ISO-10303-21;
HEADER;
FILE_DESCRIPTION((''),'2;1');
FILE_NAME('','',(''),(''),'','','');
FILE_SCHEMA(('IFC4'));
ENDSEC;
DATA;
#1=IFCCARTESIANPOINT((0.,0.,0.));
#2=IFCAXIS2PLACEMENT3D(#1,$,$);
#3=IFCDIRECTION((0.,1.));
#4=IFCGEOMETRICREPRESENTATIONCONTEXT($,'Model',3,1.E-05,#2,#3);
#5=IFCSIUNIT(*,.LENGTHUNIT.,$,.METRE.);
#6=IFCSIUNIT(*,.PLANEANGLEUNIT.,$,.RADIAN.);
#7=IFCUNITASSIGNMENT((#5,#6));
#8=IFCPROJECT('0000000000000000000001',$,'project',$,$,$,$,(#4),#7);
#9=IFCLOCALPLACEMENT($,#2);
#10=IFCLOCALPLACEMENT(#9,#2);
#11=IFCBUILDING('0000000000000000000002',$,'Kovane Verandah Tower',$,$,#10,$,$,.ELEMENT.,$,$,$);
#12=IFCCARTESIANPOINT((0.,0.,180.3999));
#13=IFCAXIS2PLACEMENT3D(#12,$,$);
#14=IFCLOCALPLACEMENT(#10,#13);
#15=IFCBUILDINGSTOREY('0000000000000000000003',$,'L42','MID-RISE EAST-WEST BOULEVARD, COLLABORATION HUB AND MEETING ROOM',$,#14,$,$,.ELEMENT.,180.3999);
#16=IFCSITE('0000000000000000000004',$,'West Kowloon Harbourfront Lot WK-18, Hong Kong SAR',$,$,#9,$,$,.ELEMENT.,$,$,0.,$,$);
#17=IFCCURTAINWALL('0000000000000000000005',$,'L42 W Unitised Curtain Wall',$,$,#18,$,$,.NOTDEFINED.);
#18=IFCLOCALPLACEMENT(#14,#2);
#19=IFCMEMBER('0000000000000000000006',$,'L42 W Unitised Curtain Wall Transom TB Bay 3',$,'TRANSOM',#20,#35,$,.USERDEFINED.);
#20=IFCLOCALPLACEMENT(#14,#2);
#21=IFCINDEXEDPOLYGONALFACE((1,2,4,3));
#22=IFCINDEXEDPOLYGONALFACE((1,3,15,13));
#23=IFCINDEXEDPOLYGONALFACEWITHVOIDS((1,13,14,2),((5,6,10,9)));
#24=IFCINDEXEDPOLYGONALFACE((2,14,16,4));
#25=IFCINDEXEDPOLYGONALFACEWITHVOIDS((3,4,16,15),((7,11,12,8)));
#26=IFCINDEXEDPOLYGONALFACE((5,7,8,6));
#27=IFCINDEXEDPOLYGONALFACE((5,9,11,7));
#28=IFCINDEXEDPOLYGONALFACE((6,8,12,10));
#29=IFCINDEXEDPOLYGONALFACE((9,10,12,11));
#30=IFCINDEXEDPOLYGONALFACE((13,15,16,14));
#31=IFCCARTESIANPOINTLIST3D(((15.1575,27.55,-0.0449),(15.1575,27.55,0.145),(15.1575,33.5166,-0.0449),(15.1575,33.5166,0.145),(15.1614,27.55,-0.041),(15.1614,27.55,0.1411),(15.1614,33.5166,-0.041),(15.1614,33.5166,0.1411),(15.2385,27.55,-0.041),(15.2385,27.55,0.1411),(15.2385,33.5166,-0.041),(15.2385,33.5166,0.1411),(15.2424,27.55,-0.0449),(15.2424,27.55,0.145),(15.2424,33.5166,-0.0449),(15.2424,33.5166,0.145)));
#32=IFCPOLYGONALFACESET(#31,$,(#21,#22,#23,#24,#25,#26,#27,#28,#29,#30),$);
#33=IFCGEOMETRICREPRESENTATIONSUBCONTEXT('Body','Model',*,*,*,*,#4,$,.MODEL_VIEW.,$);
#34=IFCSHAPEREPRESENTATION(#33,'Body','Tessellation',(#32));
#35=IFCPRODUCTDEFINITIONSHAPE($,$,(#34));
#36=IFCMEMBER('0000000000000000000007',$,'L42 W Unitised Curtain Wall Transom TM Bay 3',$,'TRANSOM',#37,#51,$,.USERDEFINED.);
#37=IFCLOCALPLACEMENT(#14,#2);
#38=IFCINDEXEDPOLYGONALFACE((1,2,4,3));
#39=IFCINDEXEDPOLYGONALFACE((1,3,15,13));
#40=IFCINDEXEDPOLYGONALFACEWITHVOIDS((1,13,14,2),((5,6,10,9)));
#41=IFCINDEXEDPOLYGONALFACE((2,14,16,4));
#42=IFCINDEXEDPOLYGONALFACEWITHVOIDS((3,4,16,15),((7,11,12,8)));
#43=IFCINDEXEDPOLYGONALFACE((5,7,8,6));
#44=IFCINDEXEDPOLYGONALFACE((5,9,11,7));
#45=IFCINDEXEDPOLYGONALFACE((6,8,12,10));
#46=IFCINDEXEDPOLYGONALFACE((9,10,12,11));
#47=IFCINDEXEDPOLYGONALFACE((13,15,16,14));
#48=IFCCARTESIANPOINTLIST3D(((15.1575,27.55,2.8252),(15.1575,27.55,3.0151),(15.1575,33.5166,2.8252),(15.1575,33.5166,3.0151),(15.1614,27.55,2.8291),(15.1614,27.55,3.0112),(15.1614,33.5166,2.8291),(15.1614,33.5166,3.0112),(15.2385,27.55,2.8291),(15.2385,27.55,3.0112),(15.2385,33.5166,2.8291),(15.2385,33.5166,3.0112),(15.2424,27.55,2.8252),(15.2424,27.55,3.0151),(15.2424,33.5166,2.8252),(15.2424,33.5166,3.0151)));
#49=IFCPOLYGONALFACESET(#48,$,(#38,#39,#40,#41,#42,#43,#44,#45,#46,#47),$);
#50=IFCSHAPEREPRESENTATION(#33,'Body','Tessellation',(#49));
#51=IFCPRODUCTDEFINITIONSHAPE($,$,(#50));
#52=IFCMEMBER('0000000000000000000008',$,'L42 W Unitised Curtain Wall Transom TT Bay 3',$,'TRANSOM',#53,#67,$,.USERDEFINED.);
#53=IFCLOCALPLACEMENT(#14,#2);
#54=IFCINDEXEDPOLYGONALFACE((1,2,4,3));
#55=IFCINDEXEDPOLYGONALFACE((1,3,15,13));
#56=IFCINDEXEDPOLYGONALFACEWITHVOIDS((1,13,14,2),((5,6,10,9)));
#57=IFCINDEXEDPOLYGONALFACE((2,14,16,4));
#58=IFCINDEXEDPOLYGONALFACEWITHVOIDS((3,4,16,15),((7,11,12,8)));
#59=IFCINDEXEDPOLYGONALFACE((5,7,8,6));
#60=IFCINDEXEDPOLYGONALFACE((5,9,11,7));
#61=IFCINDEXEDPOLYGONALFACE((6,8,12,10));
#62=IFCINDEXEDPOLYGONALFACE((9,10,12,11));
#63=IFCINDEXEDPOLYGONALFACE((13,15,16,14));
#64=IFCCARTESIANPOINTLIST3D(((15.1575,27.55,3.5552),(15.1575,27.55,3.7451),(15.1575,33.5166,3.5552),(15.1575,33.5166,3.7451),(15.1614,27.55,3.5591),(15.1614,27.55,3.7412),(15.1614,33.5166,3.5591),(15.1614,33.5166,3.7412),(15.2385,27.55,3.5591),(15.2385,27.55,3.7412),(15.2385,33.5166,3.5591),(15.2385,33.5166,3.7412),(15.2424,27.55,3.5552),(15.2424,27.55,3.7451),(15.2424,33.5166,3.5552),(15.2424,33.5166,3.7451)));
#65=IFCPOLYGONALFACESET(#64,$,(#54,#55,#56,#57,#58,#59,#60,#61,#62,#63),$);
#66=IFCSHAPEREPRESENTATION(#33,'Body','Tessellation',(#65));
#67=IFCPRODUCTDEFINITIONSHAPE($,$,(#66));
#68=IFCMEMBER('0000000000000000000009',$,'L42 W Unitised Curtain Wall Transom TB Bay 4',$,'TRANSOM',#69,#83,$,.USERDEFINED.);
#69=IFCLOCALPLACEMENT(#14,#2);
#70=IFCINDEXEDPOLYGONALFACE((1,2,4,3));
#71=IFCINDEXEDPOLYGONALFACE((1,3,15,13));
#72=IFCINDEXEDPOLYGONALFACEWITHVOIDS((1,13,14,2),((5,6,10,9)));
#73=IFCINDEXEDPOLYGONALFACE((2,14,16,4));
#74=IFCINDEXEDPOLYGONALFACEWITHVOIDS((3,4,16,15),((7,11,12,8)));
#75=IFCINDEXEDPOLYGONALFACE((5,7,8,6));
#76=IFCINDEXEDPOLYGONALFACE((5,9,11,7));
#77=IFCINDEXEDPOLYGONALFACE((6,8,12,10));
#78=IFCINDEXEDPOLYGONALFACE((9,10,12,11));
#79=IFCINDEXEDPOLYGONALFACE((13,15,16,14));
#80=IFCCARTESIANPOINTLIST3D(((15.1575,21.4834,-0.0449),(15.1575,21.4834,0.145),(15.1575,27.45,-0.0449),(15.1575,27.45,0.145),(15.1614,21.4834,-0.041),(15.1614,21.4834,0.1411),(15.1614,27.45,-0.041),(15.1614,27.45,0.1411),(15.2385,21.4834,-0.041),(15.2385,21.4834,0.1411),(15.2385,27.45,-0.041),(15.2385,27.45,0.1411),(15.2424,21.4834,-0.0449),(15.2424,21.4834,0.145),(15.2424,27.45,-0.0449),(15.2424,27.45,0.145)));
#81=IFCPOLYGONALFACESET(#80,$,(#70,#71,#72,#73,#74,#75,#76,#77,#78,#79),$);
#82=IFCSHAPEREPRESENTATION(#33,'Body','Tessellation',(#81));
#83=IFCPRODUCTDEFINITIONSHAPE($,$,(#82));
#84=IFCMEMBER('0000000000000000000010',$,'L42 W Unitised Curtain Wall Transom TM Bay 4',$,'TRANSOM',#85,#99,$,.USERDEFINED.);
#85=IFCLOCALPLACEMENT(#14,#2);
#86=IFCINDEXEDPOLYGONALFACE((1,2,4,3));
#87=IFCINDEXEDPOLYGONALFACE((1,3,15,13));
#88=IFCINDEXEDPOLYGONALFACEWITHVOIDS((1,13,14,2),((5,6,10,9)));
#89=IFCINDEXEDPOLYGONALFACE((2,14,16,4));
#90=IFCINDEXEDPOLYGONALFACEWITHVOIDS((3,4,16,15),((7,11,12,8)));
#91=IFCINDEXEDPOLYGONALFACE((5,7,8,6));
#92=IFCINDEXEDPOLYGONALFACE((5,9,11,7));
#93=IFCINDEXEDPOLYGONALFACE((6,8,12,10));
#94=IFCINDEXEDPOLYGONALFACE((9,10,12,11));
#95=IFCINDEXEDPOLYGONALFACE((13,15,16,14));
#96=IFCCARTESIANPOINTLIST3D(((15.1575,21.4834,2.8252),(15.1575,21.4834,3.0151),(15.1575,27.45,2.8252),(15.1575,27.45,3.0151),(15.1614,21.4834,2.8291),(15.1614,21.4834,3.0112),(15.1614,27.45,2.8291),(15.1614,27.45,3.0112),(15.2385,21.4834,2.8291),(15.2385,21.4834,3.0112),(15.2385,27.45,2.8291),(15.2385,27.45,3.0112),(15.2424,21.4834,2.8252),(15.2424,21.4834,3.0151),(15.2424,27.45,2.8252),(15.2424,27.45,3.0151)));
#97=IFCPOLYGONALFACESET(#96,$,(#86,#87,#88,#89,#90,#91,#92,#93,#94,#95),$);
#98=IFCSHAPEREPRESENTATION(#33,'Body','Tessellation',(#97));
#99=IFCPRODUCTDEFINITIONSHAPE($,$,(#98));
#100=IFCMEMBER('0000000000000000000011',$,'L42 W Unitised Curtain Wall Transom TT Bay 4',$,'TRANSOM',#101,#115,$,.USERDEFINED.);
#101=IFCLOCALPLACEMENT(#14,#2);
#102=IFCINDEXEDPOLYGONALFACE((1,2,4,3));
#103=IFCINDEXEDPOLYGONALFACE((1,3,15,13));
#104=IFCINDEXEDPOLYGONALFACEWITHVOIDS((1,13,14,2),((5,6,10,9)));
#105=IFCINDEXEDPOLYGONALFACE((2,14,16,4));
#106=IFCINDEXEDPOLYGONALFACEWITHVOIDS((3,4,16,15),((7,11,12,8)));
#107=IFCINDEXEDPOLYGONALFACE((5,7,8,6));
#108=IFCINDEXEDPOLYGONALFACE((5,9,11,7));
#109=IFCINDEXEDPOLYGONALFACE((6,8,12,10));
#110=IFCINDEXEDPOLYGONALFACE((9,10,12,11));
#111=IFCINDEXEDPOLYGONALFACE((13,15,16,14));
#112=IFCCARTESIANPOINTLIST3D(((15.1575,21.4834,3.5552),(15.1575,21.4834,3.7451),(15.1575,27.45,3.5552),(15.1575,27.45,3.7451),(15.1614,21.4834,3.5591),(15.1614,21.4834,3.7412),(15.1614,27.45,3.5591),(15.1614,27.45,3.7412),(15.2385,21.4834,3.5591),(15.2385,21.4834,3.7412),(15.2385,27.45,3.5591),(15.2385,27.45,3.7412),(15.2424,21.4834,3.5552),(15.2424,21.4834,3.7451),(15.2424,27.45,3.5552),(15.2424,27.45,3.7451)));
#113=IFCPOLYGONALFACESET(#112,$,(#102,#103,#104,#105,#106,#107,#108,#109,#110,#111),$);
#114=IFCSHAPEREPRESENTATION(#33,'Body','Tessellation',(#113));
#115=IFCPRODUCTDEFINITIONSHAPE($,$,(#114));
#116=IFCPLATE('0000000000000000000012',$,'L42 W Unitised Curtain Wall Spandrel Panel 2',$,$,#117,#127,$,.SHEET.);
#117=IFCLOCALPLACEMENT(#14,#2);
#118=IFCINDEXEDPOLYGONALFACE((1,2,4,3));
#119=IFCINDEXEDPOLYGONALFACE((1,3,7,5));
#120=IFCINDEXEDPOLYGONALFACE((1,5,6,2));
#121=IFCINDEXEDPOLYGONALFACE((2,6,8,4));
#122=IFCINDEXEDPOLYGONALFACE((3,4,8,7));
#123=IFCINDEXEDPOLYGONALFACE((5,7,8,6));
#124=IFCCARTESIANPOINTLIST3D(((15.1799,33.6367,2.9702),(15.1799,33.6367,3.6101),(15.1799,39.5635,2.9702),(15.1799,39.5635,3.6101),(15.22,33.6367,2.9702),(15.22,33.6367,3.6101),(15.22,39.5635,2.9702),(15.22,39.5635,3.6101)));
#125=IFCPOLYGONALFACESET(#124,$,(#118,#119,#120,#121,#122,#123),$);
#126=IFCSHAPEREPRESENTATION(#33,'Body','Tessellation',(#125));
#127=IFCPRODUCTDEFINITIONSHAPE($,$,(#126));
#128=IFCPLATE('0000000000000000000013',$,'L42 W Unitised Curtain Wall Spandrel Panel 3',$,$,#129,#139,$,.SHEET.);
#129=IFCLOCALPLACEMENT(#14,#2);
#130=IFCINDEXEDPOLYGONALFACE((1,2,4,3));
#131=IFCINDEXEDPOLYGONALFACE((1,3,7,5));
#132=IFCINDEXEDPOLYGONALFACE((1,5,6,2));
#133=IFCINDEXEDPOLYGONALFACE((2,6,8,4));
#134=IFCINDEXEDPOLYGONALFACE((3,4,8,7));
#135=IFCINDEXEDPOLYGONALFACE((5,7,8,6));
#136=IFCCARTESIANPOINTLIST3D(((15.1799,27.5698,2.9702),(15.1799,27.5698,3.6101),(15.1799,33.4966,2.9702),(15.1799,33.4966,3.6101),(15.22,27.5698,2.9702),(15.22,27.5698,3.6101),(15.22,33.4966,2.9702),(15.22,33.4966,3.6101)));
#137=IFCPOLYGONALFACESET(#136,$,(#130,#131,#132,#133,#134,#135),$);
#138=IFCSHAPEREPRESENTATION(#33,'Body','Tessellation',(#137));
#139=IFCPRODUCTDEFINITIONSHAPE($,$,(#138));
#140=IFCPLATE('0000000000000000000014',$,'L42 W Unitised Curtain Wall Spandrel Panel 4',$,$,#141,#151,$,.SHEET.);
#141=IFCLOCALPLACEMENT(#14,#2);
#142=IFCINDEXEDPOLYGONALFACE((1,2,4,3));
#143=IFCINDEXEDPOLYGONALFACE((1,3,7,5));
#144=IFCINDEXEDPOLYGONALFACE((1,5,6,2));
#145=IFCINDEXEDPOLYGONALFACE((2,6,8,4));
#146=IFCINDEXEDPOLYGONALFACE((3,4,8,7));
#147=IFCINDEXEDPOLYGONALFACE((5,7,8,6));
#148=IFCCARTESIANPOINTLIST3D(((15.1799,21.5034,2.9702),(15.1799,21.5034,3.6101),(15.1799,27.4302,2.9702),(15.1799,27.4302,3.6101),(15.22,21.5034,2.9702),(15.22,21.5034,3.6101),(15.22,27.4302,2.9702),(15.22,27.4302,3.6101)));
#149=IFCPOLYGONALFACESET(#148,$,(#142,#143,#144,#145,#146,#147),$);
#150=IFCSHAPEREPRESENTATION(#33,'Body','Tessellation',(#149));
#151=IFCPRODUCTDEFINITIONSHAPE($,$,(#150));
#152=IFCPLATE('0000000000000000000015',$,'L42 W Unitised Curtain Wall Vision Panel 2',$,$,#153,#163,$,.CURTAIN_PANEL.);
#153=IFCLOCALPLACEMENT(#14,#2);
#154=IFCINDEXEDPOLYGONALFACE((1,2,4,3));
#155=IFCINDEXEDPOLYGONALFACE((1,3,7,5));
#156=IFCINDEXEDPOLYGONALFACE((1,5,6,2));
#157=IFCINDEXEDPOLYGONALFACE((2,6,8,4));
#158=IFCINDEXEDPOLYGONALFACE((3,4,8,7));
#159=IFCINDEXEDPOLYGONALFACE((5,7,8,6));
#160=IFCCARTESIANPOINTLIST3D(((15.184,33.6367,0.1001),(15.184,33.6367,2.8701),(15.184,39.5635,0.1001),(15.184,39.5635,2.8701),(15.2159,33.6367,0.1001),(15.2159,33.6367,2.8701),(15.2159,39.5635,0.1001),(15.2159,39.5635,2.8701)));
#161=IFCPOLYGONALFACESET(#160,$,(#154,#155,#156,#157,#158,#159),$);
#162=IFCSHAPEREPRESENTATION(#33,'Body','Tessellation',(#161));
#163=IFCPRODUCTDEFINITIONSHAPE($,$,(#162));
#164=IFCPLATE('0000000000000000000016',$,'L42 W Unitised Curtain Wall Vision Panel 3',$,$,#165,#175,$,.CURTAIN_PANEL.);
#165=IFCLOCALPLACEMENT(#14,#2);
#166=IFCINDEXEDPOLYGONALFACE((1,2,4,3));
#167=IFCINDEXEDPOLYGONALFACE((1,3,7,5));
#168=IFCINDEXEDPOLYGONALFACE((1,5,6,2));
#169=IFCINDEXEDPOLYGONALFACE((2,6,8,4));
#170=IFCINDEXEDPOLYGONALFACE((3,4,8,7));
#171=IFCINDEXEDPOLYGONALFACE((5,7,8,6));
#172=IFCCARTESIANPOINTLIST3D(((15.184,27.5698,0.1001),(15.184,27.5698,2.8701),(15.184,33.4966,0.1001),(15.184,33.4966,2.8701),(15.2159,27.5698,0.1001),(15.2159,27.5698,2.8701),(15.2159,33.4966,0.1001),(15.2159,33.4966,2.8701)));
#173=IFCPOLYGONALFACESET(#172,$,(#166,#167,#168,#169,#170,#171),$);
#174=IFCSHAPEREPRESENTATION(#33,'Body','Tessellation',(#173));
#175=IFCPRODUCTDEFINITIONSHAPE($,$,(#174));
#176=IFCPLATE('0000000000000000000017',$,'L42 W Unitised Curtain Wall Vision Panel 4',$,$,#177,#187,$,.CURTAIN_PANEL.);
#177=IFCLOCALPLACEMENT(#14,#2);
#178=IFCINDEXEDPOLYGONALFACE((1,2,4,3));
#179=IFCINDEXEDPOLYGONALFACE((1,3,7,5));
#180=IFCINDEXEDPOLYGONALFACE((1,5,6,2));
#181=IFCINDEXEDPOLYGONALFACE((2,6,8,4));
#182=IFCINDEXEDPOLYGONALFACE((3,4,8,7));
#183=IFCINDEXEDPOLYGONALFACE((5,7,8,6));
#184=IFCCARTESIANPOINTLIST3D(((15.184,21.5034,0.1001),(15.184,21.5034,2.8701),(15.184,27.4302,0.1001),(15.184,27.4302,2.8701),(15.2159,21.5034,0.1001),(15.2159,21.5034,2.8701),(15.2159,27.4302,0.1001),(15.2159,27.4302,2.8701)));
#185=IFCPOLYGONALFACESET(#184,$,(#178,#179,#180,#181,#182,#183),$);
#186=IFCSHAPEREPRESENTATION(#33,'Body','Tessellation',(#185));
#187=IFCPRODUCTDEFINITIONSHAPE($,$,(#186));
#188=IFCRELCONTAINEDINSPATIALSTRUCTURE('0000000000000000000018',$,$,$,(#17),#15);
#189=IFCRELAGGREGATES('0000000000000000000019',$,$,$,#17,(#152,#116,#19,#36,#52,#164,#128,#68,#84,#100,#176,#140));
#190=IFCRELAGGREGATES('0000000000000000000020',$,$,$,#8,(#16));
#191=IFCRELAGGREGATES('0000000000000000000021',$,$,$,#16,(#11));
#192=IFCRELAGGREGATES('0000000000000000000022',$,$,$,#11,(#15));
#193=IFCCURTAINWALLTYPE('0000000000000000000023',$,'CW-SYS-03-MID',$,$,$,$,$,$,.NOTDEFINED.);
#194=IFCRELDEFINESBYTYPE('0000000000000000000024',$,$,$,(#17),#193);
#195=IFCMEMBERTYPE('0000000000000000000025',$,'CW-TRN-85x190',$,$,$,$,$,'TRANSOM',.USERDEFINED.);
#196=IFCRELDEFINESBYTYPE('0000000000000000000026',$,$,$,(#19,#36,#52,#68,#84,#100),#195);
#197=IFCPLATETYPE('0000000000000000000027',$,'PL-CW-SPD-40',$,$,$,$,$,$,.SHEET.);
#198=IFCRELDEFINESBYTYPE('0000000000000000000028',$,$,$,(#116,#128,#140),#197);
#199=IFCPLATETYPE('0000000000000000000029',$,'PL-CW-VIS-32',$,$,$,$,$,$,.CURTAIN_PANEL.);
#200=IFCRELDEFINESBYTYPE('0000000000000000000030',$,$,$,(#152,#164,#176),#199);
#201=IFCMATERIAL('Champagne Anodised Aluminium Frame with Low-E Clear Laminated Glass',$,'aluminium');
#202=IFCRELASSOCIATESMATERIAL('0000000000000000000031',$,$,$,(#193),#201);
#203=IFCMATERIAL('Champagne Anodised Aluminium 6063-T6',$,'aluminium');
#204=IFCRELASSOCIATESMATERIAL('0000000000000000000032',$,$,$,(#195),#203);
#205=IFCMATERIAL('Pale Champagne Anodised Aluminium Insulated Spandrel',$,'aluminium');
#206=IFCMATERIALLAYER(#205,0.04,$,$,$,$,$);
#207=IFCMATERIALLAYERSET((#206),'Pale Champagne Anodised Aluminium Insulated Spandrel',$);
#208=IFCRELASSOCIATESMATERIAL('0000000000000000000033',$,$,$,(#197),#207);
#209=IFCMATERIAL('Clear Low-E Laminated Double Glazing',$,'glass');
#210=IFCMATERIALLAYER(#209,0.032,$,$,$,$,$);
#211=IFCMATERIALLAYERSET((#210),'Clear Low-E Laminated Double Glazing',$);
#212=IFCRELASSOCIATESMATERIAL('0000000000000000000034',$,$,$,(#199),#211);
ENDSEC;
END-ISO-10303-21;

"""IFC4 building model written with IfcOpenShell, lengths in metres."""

from ifc_helpers import new_model, si_unit, direction, frame, origin, origin_2d, place, context, subcontext, project, spatial, rectangle, hollow_rectangle, extrude, material, layer, layer_set, material_profile, profile_set, type_object, element, aggregate, save


model = new_model("IFC4")

# Units and contexts
model_context = context("Model", 3, precision=1e-05, world=origin(), true_north=direction((0.0, 1.0)))
body_context = subcontext(model_context, "Body", "Model", "MODEL_VIEW")
ifc_project = project(units=[si_unit("LENGTHUNIT", "METRE"), si_unit("PLANEANGLEUNIT", "RADIAN")], contexts=[model_context])

# Site, building, storey
site_placement = place(None, origin())
site = spatial("IfcSite", under=ifc_project, at=site_placement, Name="West Kowloon Harbourfront Lot WK-18, Hong Kong SAR", CompositionType="ELEMENT", RefElevation=0.0)
building_placement = place(site_placement, origin())
building = spatial("IfcBuilding", under=site, at=building_placement, Name="Kovane Verandah Tower", CompositionType="ELEMENT")
storey_placement = place(building_placement, frame((0.0, 0.0, 180.3999)))
storey = spatial("IfcBuildingStorey", under=building, at=storey_placement, Name="L42", Description="MID-RISE EAST-WEST BOULEVARD, COLLABORATION HUB AND MEETING ROOM", CompositionType="ELEMENT", Elevation=180.3999)

# Curtain wall, members, plates
ifc_material_1 = material(Name="Champagne Anodised Aluminium Frame with Low-E Clear Laminated Glass", Category="aluminium")
curtain_wall_type = type_object("IfcCurtainWallType", Name="CW-SYS-03-MID", PredefinedType="NOTDEFINED", material=ifc_material_1)
curtain_wall_placement = place(storey_placement, origin())
curtain_wall = element("IfcCurtainWall", 1, at=curtain_wall_placement, inside=storey, type_object=curtain_wall_type, Name="L42 W Unitised Curtain Wall", PredefinedType="NOTDEFINED")
ifc_material_2 = material(Name="Champagne Anodised Aluminium 6063-T6", Category="aluminium")
ifc_material_profile_1 = material_profile(ifc_material_2, hollow_rectangle(XDim=0.085, YDim=0.1899, WallThickness=0.0039, at=origin_2d()), Name="AL85x190x4")
ifc_profile_set_1 = profile_set([ifc_material_profile_1], Name="Champagne Anodised Aluminium 6063-T6")
member_type_1 = type_object("IfcMemberType", Name="CW-TRN-85x190", ElementType="TRANSOM", PredefinedType="USERDEFINED", material=ifc_profile_set_1)
member_1_placement = place(storey_placement, frame((15.2, 33.5166, 0.05), z_axis=(0.0, -1.0, 0.0), x_axis=(1.0, 0.0, 0.0)))
member_1 = element("IfcMember", 2, at=member_1_placement, type_object=member_type_1, Name="L42 W Unitised Curtain Wall Transom TB Bay 3", ObjectType="TRANSOM", PredefinedType="USERDEFINED", context=body_context, shape_type="SweptSolid", body=[
    extrude(hollow_rectangle(XDim=0.085, YDim=0.1899, WallThickness=0.0039, at=origin_2d()), origin(), (0.0, 0.0, 1.0), 5.9666),
])
member_2_placement = place(storey_placement, frame((15.2, 33.5166, 2.9202), z_axis=(0.0, -1.0, 0.0), x_axis=(1.0, 0.0, 0.0)))
member_2 = element("IfcMember", 3, at=member_2_placement, type_object=member_type_1, Name="L42 W Unitised Curtain Wall Transom TM Bay 3", ObjectType="TRANSOM", PredefinedType="USERDEFINED", context=body_context, shape_type="SweptSolid", body=[
    extrude(hollow_rectangle(XDim=0.085, YDim=0.1899, WallThickness=0.0039, at=origin_2d()), origin(), (0.0, 0.0, 1.0), 5.9666),
])
member_3_placement = place(storey_placement, frame((15.2, 33.5166, 3.6501), z_axis=(0.0, -1.0, 0.0), x_axis=(1.0, 0.0, 0.0)))
member_3 = element("IfcMember", 4, at=member_3_placement, type_object=member_type_1, Name="L42 W Unitised Curtain Wall Transom TT Bay 3", ObjectType="TRANSOM", PredefinedType="USERDEFINED", context=body_context, shape_type="SweptSolid", body=[
    extrude(hollow_rectangle(XDim=0.085, YDim=0.1899, WallThickness=0.0039, at=origin_2d()), origin(), (0.0, 0.0, 1.0), 5.9666),
])
member_4_placement = place(storey_placement, frame((15.2, 27.45, 0.05), z_axis=(0.0, -1.0, 0.0), x_axis=(1.0, 0.0, 0.0)))
member_4 = element("IfcMember", 5, at=member_4_placement, type_object=member_type_1, Name="L42 W Unitised Curtain Wall Transom TB Bay 4", ObjectType="TRANSOM", PredefinedType="USERDEFINED", context=body_context, shape_type="SweptSolid", body=[
    extrude(hollow_rectangle(XDim=0.085, YDim=0.1899, WallThickness=0.0039, at=origin_2d()), origin(), (0.0, 0.0, 1.0), 5.9666),
])
member_5_placement = place(storey_placement, frame((15.2, 27.45, 2.9202), z_axis=(0.0, -1.0, 0.0), x_axis=(1.0, 0.0, 0.0)))
member_5 = element("IfcMember", 6, at=member_5_placement, type_object=member_type_1, Name="L42 W Unitised Curtain Wall Transom TM Bay 4", ObjectType="TRANSOM", PredefinedType="USERDEFINED", context=body_context, shape_type="SweptSolid", body=[
    extrude(hollow_rectangle(XDim=0.085, YDim=0.1899, WallThickness=0.0039, at=origin_2d()), origin(), (0.0, 0.0, 1.0), 5.9666),
])
member_6_placement = place(storey_placement, frame((15.2, 27.45, 3.6501), z_axis=(0.0, -1.0, 0.0), x_axis=(1.0, 0.0, 0.0)))
member_6 = element("IfcMember", 7, at=member_6_placement, type_object=member_type_1, Name="L42 W Unitised Curtain Wall Transom TT Bay 4", ObjectType="TRANSOM", PredefinedType="USERDEFINED", context=body_context, shape_type="SweptSolid", body=[
    extrude(hollow_rectangle(XDim=0.085, YDim=0.1899, WallThickness=0.0039, at=origin_2d()), origin(), (0.0, 0.0, 1.0), 5.9666),
])
ifc_material_3 = material(Name="Pale Champagne Anodised Aluminium Insulated Spandrel", Category="aluminium")
ifc_layer_1 = layer(ifc_material_3, 0.04)
ifc_layer_set_1 = layer_set([ifc_layer_1], Name="Pale Champagne Anodised Aluminium Insulated Spandrel")
plate_type_1 = type_object("IfcPlateType", Name="PL-CW-SPD-40", PredefinedType="SHEET", material=ifc_layer_set_1)
plate_1_placement = place(storey_placement, frame((15.2, 36.6001, 2.9702), z_axis=(0.0, 0.0, 1.0), x_axis=(0.0, -1.0, 0.0)))
plate_1 = element("IfcPlate", 8, at=plate_1_placement, type_object=plate_type_1, Name="L42 W Unitised Curtain Wall Spandrel Panel 2", PredefinedType="SHEET", context=body_context, shape_type="SweptSolid", body=[
    extrude(rectangle(XDim=5.9268, YDim=0.04, at=origin_2d()), origin(), (0.0, 0.0, 1.0), 0.6399),
])
plate_2_placement = place(storey_placement, frame((15.2, 30.5332, 2.9702), z_axis=(0.0, 0.0, 1.0), x_axis=(0.0, -1.0, 0.0)))
plate_2 = element("IfcPlate", 9, at=plate_2_placement, type_object=plate_type_1, Name="L42 W Unitised Curtain Wall Spandrel Panel 3", PredefinedType="SHEET", context=body_context, shape_type="SweptSolid", body=[
    extrude(rectangle(XDim=5.9268, YDim=0.04, at=origin_2d()), origin(), (0.0, 0.0, 1.0), 0.6399),
])
plate_3_placement = place(storey_placement, frame((15.2, 24.4668, 2.9702), z_axis=(0.0, 0.0, 1.0), x_axis=(0.0, -1.0, 0.0)))
plate_3 = element("IfcPlate", 10, at=plate_3_placement, type_object=plate_type_1, Name="L42 W Unitised Curtain Wall Spandrel Panel 4", PredefinedType="SHEET", context=body_context, shape_type="SweptSolid", body=[
    extrude(rectangle(XDim=5.9268, YDim=0.04, at=origin_2d()), origin(), (0.0, 0.0, 1.0), 0.6399),
])
ifc_material_4 = material(Name="Clear Low-E Laminated Double Glazing", Category="glass")
ifc_layer_2 = layer(ifc_material_4, 0.032)
ifc_layer_set_2 = layer_set([ifc_layer_2], Name="Clear Low-E Laminated Double Glazing")
plate_type_2 = type_object("IfcPlateType", Name="PL-CW-VIS-32", PredefinedType="CURTAIN_PANEL", material=ifc_layer_set_2)
plate_4_placement = place(storey_placement, frame((15.2, 36.6001, 0.1001), z_axis=(0.0, 0.0, 1.0), x_axis=(0.0, -1.0, 0.0)))
plate_4 = element("IfcPlate", 11, at=plate_4_placement, type_object=plate_type_2, Name="L42 W Unitised Curtain Wall Vision Panel 2", PredefinedType="CURTAIN_PANEL", context=body_context, shape_type="SweptSolid", body=[
    extrude(rectangle(XDim=5.9268, YDim=0.032, at=origin_2d()), origin(), (0.0, 0.0, 1.0), 2.77),
])
plate_5_placement = place(storey_placement, frame((15.2, 30.5332, 0.1001), z_axis=(0.0, 0.0, 1.0), x_axis=(0.0, -1.0, 0.0)))
plate_5 = element("IfcPlate", 12, at=plate_5_placement, type_object=plate_type_2, Name="L42 W Unitised Curtain Wall Vision Panel 3", PredefinedType="CURTAIN_PANEL", context=body_context, shape_type="SweptSolid", body=[
    extrude(rectangle(XDim=5.9268, YDim=0.032, at=origin_2d()), origin(), (0.0, 0.0, 1.0), 2.77),
])
plate_6_placement = place(storey_placement, frame((15.2, 24.4668, 0.1001), z_axis=(0.0, 0.0, 1.0), x_axis=(0.0, -1.0, 0.0)))
plate_6 = element("IfcPlate", 13, at=plate_6_placement, type_object=plate_type_2, Name="L42 W Unitised Curtain Wall Vision Panel 4", PredefinedType="CURTAIN_PANEL", context=body_context, shape_type="SweptSolid", body=[
    extrude(rectangle(XDim=5.9268, YDim=0.032, at=origin_2d()), origin(), (0.0, 0.0, 1.0), 2.77),
])
aggregate(curtain_wall, [plate_4, plate_1, member_1, member_2, member_3, plate_5, plate_2, member_4, member_5, member_6, plate_6, plate_3])

save(model, "model.ifc")
